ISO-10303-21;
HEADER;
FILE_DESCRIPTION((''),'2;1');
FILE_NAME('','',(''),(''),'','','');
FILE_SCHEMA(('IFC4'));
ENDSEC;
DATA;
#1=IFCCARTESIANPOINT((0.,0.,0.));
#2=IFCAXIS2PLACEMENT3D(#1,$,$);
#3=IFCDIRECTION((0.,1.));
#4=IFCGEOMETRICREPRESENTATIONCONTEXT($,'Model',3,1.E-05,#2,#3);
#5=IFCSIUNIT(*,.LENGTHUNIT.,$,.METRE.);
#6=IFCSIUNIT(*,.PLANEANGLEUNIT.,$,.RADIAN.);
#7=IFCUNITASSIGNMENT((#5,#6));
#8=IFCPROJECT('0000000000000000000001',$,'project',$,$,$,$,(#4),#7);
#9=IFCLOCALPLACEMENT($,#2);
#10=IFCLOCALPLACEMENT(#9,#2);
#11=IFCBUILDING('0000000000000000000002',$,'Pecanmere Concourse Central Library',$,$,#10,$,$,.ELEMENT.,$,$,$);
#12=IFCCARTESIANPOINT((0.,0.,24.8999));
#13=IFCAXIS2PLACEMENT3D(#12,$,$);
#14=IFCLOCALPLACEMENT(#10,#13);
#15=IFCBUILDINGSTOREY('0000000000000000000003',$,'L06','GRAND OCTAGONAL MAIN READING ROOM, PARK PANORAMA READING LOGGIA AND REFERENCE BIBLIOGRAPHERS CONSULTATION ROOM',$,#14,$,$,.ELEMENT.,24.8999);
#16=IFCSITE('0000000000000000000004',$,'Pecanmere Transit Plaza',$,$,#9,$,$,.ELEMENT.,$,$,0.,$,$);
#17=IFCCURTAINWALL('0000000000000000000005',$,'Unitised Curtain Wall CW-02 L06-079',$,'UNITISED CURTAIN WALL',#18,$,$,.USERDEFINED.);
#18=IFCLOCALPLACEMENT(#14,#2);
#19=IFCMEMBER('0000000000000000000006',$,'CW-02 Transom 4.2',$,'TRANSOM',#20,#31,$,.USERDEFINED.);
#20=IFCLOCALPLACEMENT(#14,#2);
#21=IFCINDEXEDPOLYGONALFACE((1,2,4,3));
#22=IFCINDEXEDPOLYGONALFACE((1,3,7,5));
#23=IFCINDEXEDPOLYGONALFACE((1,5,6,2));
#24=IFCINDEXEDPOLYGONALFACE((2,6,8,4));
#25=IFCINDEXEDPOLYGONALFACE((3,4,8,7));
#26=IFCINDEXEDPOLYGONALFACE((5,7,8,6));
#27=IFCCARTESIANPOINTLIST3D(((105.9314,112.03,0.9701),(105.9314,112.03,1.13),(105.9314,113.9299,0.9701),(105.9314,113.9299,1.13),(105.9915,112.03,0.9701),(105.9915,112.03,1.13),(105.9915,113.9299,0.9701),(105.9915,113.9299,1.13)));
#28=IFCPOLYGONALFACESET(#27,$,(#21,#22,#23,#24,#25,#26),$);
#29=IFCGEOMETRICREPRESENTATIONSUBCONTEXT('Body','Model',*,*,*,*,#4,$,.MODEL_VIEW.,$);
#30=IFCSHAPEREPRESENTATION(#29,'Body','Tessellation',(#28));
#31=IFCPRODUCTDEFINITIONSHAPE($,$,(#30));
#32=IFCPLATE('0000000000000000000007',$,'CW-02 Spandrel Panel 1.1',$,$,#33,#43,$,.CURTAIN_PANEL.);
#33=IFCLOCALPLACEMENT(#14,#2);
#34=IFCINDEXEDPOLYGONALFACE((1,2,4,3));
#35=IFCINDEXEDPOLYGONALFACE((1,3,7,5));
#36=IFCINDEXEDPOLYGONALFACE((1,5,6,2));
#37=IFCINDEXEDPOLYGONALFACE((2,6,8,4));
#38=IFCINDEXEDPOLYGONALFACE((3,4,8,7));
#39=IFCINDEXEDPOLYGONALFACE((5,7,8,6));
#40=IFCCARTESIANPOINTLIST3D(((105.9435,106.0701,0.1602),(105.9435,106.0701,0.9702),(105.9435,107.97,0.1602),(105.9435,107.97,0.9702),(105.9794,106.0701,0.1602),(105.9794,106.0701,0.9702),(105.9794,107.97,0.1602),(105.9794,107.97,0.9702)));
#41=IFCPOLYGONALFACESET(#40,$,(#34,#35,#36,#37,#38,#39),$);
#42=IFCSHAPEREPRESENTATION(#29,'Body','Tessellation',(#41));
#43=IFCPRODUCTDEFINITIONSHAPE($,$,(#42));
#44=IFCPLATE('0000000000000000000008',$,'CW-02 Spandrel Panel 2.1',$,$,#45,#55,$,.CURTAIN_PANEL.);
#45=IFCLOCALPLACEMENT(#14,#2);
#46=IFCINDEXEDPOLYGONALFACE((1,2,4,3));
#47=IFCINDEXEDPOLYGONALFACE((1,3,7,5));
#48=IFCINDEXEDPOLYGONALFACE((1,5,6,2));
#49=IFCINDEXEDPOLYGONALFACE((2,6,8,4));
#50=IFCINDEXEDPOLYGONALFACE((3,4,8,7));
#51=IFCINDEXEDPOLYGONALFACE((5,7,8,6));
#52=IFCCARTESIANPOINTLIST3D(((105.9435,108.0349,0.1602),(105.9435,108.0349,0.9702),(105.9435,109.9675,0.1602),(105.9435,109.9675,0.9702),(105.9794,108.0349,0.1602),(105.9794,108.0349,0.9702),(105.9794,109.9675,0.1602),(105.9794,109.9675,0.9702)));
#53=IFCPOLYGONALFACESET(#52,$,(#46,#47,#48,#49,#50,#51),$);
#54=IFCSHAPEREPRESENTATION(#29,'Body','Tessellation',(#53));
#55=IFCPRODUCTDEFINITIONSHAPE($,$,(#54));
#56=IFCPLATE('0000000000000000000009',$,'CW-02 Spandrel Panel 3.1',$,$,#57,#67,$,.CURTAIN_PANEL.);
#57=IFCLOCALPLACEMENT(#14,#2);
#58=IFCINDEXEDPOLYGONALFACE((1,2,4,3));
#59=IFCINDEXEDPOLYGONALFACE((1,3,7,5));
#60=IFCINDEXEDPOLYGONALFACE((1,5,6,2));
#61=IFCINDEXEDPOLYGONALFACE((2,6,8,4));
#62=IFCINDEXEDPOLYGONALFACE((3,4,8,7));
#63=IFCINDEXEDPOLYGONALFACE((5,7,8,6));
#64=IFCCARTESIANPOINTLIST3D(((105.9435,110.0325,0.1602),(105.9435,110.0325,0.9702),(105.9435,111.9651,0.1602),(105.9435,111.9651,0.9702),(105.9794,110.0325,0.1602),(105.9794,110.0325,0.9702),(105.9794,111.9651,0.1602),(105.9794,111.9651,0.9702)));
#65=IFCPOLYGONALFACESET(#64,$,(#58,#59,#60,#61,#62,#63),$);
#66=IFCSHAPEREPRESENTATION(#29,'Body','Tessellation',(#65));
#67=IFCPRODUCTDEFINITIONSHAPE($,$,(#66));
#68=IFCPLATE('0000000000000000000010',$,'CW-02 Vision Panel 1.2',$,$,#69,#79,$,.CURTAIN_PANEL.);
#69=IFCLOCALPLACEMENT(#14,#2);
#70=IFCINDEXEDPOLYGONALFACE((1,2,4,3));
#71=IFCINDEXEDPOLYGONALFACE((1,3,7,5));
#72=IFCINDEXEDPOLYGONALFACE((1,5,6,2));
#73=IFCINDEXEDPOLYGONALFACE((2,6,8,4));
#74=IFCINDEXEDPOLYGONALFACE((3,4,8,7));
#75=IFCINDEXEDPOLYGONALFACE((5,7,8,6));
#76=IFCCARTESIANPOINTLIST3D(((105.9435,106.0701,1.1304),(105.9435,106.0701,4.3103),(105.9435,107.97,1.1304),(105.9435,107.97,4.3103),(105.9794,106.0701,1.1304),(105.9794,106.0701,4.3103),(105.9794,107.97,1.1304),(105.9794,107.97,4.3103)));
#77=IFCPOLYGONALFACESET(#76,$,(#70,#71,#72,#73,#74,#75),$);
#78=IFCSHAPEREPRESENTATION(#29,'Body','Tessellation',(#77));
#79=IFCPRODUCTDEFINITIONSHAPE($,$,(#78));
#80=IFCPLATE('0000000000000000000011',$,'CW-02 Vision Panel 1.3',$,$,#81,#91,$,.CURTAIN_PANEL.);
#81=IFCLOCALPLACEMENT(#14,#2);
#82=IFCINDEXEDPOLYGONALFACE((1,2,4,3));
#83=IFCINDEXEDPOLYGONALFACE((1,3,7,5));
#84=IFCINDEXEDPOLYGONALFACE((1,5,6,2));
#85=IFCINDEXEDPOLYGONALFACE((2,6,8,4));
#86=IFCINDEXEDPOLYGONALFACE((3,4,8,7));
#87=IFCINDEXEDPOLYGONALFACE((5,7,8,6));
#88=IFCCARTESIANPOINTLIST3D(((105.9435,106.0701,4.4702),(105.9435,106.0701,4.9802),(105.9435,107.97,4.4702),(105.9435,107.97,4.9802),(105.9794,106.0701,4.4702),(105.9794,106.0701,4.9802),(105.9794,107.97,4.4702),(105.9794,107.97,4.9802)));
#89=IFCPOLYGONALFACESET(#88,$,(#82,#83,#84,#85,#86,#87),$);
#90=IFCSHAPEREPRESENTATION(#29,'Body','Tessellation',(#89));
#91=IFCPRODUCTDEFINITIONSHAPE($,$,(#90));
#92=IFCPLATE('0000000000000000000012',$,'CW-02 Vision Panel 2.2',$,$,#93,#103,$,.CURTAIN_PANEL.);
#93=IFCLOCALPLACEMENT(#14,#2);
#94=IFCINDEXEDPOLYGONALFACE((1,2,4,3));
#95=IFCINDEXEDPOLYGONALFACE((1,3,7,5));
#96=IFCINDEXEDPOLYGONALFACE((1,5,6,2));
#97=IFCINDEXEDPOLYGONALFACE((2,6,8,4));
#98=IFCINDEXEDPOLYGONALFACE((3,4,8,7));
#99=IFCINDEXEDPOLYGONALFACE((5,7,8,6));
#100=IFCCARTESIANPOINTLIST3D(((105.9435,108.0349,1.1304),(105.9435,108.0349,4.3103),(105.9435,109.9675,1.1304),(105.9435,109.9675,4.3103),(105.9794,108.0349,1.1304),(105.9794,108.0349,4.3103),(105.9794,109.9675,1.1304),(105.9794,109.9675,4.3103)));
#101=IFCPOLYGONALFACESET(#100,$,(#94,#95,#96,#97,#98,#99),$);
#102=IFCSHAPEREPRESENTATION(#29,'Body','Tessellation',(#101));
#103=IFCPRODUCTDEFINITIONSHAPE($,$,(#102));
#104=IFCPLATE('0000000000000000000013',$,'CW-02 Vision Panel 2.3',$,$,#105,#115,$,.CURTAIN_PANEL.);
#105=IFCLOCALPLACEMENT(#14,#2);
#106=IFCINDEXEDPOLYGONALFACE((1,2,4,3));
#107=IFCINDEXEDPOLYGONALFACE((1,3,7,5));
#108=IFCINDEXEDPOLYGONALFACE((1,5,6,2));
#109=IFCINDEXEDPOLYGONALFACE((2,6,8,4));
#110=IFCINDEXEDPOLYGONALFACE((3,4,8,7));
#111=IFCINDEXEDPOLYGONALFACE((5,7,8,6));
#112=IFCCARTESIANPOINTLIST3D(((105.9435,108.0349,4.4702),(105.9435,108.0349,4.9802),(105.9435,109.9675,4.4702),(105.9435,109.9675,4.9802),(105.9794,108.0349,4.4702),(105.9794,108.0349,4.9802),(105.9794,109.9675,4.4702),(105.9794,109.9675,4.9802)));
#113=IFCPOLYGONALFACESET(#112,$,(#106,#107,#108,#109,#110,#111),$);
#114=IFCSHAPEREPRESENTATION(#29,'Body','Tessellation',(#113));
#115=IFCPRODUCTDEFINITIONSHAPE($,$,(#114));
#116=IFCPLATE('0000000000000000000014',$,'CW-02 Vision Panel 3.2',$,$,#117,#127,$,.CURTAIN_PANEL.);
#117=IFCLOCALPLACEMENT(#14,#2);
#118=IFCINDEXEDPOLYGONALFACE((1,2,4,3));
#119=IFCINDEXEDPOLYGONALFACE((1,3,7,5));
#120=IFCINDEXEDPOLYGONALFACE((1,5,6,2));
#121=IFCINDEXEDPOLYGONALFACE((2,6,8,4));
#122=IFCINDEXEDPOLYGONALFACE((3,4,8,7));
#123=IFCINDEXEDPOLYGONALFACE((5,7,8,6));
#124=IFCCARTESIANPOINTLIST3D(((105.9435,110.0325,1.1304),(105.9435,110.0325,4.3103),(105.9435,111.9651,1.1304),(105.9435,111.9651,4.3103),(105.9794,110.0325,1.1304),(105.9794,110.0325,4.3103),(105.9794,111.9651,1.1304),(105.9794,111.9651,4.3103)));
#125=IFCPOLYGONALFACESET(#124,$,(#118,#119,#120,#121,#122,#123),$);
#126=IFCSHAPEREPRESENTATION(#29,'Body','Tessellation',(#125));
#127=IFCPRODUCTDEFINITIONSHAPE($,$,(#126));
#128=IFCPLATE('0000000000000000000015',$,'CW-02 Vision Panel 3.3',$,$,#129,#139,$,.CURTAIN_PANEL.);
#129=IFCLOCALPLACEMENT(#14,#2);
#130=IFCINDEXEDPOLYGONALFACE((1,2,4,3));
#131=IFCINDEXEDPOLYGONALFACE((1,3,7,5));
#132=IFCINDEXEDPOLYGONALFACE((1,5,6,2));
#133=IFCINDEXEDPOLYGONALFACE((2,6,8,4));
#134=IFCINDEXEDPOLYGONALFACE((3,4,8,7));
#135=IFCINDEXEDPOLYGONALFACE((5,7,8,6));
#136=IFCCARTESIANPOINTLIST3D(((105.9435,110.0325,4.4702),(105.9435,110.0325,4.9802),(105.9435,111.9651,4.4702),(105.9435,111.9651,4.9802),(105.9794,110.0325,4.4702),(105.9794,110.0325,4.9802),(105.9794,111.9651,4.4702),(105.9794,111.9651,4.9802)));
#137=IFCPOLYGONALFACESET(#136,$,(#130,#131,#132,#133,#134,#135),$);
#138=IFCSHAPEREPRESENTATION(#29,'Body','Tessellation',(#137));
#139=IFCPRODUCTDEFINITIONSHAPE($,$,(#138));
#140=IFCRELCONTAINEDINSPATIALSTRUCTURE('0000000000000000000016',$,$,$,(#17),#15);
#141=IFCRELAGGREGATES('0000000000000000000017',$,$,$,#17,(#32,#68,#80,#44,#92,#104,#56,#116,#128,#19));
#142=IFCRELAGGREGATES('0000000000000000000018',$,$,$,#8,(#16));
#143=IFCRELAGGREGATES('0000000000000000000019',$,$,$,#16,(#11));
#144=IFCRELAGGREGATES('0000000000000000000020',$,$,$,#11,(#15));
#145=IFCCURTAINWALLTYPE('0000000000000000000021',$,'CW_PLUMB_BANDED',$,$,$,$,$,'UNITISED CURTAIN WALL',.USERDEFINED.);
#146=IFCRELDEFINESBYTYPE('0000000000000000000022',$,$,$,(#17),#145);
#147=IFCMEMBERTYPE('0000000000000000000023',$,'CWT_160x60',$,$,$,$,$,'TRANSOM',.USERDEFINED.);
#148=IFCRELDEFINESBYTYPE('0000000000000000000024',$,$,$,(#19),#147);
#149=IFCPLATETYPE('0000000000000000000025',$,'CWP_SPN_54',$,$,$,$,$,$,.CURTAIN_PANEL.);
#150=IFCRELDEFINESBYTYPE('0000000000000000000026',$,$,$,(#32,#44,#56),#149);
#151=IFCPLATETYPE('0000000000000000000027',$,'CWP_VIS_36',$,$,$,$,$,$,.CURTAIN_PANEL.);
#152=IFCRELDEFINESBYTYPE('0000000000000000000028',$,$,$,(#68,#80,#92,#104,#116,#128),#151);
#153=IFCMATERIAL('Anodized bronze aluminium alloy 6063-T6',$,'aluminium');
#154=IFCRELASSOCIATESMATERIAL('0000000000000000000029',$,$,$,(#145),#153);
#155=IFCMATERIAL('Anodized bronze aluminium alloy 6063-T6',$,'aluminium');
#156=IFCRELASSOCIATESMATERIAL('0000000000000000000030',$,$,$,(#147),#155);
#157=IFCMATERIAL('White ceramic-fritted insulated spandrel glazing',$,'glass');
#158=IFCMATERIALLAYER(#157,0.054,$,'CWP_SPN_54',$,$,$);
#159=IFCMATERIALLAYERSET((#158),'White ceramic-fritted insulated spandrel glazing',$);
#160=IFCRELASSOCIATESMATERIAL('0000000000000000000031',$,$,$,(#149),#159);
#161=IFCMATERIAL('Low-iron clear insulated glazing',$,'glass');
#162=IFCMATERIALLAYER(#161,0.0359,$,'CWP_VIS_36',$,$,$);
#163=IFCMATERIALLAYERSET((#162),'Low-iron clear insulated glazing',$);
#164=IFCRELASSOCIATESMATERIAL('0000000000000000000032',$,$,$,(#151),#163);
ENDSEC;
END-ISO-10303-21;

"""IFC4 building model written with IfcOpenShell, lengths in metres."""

from ifc_helpers import new_model, si_unit, direction, frame, origin, origin_2d, place, context, subcontext, project, spatial, rectangle, extrude, material, layer, layer_set, material_profile, profile_set, type_object, element, aggregate, save


model = new_model("IFC4")

# Units and contexts
model_context = context("Model", 3, precision=1e-05, world=origin(), true_north=direction((0.0, 1.0)))
body_context = subcontext(model_context, "Body", "Model", "MODEL_VIEW")
ifc_project = project(units=[si_unit("LENGTHUNIT", "METRE"), si_unit("PLANEANGLEUNIT", "RADIAN")], contexts=[model_context])

# Site, building, storey
site_placement = place(None, origin())
site = spatial("IfcSite", under=ifc_project, at=site_placement, Name="Pecanmere Transit Plaza", CompositionType="ELEMENT", RefElevation=0.0)
building_placement = place(site_placement, origin())
building = spatial("IfcBuilding", under=site, at=building_placement, Name="Pecanmere Concourse Central Library", CompositionType="ELEMENT")
storey_placement = place(building_placement, frame((0.0, 0.0, 24.8999)))
storey = spatial("IfcBuildingStorey", under=building, at=storey_placement, Name="L06", Description="GRAND OCTAGONAL MAIN READING ROOM, PARK PANORAMA READING LOGGIA AND REFERENCE BIBLIOGRAPHERS CONSULTATION ROOM", CompositionType="ELEMENT", Elevation=24.8999)

# Curtain wall, member, plates
ifc_material_1 = material(Name="Anodized bronze aluminium alloy 6063-T6", Category="aluminium")
curtain_wall_type = type_object("IfcCurtainWallType", Name="CW_PLUMB_BANDED", ElementType="UNITISED CURTAIN WALL", PredefinedType="USERDEFINED", material=ifc_material_1)
curtain_wall_placement = place(storey_placement, origin())
curtain_wall = element("IfcCurtainWall", 1, at=curtain_wall_placement, inside=storey, type_object=curtain_wall_type, Name="Unitised Curtain Wall CW-02 L06-079", ObjectType="UNITISED CURTAIN WALL", PredefinedType="USERDEFINED")
ifc_material_2 = material(Name="Anodized bronze aluminium alloy 6063-T6", Category="aluminium")
ifc_material_profile_1 = material_profile(ifc_material_2, rectangle(XDim=0.0601, YDim=0.1599, at=origin_2d()), Name="AL 60x160")
ifc_profile_set_1 = profile_set([ifc_material_profile_1], Name="Anodized bronze aluminium alloy 6063-T6")
member_type_1 = type_object("IfcMemberType", Name="CWT_160x60", ElementType="TRANSOM", PredefinedType="USERDEFINED", material=ifc_profile_set_1)
member_1_placement = place(storey_placement, frame((105.9614, 112.03, 1.05), z_axis=(0.0, 1.0, 0.0), x_axis=(-1.0, 0.0, 0.0)))
member_1 = element("IfcMember", 2, at=member_1_placement, type_object=member_type_1, Name="CW-02 Transom 4.2", ObjectType="TRANSOM", PredefinedType="USERDEFINED", context=body_context, shape_type="SweptSolid", body=[
    extrude(rectangle(XDim=0.0601, YDim=0.1599, at=origin_2d()), origin(), (0.0, 0.0, 1.0), 1.8999),
])
ifc_material_3 = material(Name="White ceramic-fritted insulated spandrel glazing", Category="glass")
ifc_layer_1 = layer(ifc_material_3, 0.054, Name="CWP_SPN_54")
ifc_layer_set_1 = layer_set([ifc_layer_1], Name="White ceramic-fritted insulated spandrel glazing")
plate_type_1 = type_object("IfcPlateType", Name="CWP_SPN_54", PredefinedType="CURTAIN_PANEL", material=ifc_layer_set_1)
plate_1_placement = place(storey_placement, frame((105.9614, 107.02, 0.1602), z_axis=(0.0, 0.0, 1.0), x_axis=(0.0, 1.0, 0.0)))
plate_1 = element("IfcPlate", 3, at=plate_1_placement, type_object=plate_type_1, Name="CW-02 Spandrel Panel 1.1", PredefinedType="CURTAIN_PANEL", context=body_context, shape_type="SweptSolid", body=[
    extrude(rectangle(XDim=1.8999, YDim=0.0359, at=origin_2d()), origin(), (0.0, 0.0, 1.0), 0.8101),
])
plate_2_placement = place(storey_placement, frame((105.9614, 109.0012, 0.1602), z_axis=(0.0, 0.0, 1.0), x_axis=(0.0, 1.0, 0.0)))
plate_2 = element("IfcPlate", 4, at=plate_2_placement, type_object=plate_type_1, Name="CW-02 Spandrel Panel 2.1", PredefinedType="CURTAIN_PANEL", context=body_context, shape_type="SweptSolid", body=[
    extrude(rectangle(XDim=1.9326, YDim=0.0359, at=origin_2d()), origin(), (0.0, 0.0, 1.0), 0.8101),
])
plate_3_placement = place(storey_placement, frame((105.9614, 110.9988, 0.1602), z_axis=(0.0, 0.0, 1.0), x_axis=(0.0, 1.0, 0.0)))
plate_3 = element("IfcPlate", 5, at=plate_3_placement, type_object=plate_type_1, Name="CW-02 Spandrel Panel 3.1", PredefinedType="CURTAIN_PANEL", context=body_context, shape_type="SweptSolid", body=[
    extrude(rectangle(XDim=1.9326, YDim=0.0359, at=origin_2d()), origin(), (0.0, 0.0, 1.0), 0.8101),
])
ifc_material_4 = material(Name="Low-iron clear insulated glazing", Category="glass")
ifc_layer_2 = layer(ifc_material_4, 0.0359, Name="CWP_VIS_36")
ifc_layer_set_2 = layer_set([ifc_layer_2], Name="Low-iron clear insulated glazing")
plate_type_2 = type_object("IfcPlateType", Name="CWP_VIS_36", PredefinedType="CURTAIN_PANEL", material=ifc_layer_set_2)
plate_4_placement = place(storey_placement, frame((105.9614, 107.02, 1.1304), z_axis=(0.0, 0.0, 1.0), x_axis=(0.0, 1.0, 0.0)))
plate_4 = element("IfcPlate", 6, at=plate_4_placement, type_object=plate_type_2, Name="CW-02 Vision Panel 1.2", PredefinedType="CURTAIN_PANEL", context=body_context, shape_type="SweptSolid", body=[
    extrude(rectangle(XDim=1.8999, YDim=0.0359, at=origin_2d()), origin(), (0.0, 0.0, 1.0), 3.1799),
])
plate_5_placement = place(storey_placement, frame((105.9614, 107.02, 4.4702), z_axis=(0.0, 0.0, 1.0), x_axis=(0.0, 1.0, 0.0)))
plate_5 = element("IfcPlate", 7, at=plate_5_placement, type_object=plate_type_2, Name="CW-02 Vision Panel 1.3", PredefinedType="CURTAIN_PANEL", context=body_context, shape_type="SweptSolid", body=[
    extrude(rectangle(XDim=1.8999, YDim=0.0359, at=origin_2d()), origin(), (0.0, 0.0, 1.0), 0.51),
])
plate_6_placement = place(storey_placement, frame((105.9614, 109.0012, 1.1304), z_axis=(0.0, 0.0, 1.0), x_axis=(0.0, 1.0, 0.0)))
plate_6 = element("IfcPlate", 8, at=plate_6_placement, type_object=plate_type_2, Name="CW-02 Vision Panel 2.2", PredefinedType="CURTAIN_PANEL", context=body_context, shape_type="SweptSolid", body=[
    extrude(rectangle(XDim=1.9326, YDim=0.0359, at=origin_2d()), origin(), (0.0, 0.0, 1.0), 3.1799),
])
plate_7_placement = place(storey_placement, frame((105.9614, 109.0012, 4.4702), z_axis=(0.0, 0.0, 1.0), x_axis=(0.0, 1.0, 0.0)))
plate_7 = element("IfcPlate", 9, at=plate_7_placement, type_object=plate_type_2, Name="CW-02 Vision Panel 2.3", PredefinedType="CURTAIN_PANEL", context=body_context, shape_type="SweptSolid", body=[
    extrude(rectangle(XDim=1.9326, YDim=0.0359, at=origin_2d()), origin(), (0.0, 0.0, 1.0), 0.51),
])
plate_8_placement = place(storey_placement, frame((105.9614, 110.9988, 1.1304), z_axis=(0.0, 0.0, 1.0), x_axis=(0.0, 1.0, 0.0)))
plate_8 = element("IfcPlate", 10, at=plate_8_placement, type_object=plate_type_2, Name="CW-02 Vision Panel 3.2", PredefinedType="CURTAIN_PANEL", context=body_context, shape_type="SweptSolid", body=[
    extrude(rectangle(XDim=1.9326, YDim=0.0359, at=origin_2d()), origin(), (0.0, 0.0, 1.0), 3.1799),
])
plate_9_placement = place(storey_placement, frame((105.9614, 110.9988, 4.4702), z_axis=(0.0, 0.0, 1.0), x_axis=(0.0, 1.0, 0.0)))
plate_9 = element("IfcPlate", 11, at=plate_9_placement, type_object=plate_type_2, Name="CW-02 Vision Panel 3.3", PredefinedType="CURTAIN_PANEL", context=body_context, shape_type="SweptSolid", body=[
    extrude(rectangle(XDim=1.9326, YDim=0.0359, at=origin_2d()), origin(), (0.0, 0.0, 1.0), 0.51),
])
aggregate(curtain_wall, [plate_1, plate_4, plate_5, plate_2, plate_6, plate_7, plate_3, plate_8, plate_9, member_1])

save(model, "model.ifc")
